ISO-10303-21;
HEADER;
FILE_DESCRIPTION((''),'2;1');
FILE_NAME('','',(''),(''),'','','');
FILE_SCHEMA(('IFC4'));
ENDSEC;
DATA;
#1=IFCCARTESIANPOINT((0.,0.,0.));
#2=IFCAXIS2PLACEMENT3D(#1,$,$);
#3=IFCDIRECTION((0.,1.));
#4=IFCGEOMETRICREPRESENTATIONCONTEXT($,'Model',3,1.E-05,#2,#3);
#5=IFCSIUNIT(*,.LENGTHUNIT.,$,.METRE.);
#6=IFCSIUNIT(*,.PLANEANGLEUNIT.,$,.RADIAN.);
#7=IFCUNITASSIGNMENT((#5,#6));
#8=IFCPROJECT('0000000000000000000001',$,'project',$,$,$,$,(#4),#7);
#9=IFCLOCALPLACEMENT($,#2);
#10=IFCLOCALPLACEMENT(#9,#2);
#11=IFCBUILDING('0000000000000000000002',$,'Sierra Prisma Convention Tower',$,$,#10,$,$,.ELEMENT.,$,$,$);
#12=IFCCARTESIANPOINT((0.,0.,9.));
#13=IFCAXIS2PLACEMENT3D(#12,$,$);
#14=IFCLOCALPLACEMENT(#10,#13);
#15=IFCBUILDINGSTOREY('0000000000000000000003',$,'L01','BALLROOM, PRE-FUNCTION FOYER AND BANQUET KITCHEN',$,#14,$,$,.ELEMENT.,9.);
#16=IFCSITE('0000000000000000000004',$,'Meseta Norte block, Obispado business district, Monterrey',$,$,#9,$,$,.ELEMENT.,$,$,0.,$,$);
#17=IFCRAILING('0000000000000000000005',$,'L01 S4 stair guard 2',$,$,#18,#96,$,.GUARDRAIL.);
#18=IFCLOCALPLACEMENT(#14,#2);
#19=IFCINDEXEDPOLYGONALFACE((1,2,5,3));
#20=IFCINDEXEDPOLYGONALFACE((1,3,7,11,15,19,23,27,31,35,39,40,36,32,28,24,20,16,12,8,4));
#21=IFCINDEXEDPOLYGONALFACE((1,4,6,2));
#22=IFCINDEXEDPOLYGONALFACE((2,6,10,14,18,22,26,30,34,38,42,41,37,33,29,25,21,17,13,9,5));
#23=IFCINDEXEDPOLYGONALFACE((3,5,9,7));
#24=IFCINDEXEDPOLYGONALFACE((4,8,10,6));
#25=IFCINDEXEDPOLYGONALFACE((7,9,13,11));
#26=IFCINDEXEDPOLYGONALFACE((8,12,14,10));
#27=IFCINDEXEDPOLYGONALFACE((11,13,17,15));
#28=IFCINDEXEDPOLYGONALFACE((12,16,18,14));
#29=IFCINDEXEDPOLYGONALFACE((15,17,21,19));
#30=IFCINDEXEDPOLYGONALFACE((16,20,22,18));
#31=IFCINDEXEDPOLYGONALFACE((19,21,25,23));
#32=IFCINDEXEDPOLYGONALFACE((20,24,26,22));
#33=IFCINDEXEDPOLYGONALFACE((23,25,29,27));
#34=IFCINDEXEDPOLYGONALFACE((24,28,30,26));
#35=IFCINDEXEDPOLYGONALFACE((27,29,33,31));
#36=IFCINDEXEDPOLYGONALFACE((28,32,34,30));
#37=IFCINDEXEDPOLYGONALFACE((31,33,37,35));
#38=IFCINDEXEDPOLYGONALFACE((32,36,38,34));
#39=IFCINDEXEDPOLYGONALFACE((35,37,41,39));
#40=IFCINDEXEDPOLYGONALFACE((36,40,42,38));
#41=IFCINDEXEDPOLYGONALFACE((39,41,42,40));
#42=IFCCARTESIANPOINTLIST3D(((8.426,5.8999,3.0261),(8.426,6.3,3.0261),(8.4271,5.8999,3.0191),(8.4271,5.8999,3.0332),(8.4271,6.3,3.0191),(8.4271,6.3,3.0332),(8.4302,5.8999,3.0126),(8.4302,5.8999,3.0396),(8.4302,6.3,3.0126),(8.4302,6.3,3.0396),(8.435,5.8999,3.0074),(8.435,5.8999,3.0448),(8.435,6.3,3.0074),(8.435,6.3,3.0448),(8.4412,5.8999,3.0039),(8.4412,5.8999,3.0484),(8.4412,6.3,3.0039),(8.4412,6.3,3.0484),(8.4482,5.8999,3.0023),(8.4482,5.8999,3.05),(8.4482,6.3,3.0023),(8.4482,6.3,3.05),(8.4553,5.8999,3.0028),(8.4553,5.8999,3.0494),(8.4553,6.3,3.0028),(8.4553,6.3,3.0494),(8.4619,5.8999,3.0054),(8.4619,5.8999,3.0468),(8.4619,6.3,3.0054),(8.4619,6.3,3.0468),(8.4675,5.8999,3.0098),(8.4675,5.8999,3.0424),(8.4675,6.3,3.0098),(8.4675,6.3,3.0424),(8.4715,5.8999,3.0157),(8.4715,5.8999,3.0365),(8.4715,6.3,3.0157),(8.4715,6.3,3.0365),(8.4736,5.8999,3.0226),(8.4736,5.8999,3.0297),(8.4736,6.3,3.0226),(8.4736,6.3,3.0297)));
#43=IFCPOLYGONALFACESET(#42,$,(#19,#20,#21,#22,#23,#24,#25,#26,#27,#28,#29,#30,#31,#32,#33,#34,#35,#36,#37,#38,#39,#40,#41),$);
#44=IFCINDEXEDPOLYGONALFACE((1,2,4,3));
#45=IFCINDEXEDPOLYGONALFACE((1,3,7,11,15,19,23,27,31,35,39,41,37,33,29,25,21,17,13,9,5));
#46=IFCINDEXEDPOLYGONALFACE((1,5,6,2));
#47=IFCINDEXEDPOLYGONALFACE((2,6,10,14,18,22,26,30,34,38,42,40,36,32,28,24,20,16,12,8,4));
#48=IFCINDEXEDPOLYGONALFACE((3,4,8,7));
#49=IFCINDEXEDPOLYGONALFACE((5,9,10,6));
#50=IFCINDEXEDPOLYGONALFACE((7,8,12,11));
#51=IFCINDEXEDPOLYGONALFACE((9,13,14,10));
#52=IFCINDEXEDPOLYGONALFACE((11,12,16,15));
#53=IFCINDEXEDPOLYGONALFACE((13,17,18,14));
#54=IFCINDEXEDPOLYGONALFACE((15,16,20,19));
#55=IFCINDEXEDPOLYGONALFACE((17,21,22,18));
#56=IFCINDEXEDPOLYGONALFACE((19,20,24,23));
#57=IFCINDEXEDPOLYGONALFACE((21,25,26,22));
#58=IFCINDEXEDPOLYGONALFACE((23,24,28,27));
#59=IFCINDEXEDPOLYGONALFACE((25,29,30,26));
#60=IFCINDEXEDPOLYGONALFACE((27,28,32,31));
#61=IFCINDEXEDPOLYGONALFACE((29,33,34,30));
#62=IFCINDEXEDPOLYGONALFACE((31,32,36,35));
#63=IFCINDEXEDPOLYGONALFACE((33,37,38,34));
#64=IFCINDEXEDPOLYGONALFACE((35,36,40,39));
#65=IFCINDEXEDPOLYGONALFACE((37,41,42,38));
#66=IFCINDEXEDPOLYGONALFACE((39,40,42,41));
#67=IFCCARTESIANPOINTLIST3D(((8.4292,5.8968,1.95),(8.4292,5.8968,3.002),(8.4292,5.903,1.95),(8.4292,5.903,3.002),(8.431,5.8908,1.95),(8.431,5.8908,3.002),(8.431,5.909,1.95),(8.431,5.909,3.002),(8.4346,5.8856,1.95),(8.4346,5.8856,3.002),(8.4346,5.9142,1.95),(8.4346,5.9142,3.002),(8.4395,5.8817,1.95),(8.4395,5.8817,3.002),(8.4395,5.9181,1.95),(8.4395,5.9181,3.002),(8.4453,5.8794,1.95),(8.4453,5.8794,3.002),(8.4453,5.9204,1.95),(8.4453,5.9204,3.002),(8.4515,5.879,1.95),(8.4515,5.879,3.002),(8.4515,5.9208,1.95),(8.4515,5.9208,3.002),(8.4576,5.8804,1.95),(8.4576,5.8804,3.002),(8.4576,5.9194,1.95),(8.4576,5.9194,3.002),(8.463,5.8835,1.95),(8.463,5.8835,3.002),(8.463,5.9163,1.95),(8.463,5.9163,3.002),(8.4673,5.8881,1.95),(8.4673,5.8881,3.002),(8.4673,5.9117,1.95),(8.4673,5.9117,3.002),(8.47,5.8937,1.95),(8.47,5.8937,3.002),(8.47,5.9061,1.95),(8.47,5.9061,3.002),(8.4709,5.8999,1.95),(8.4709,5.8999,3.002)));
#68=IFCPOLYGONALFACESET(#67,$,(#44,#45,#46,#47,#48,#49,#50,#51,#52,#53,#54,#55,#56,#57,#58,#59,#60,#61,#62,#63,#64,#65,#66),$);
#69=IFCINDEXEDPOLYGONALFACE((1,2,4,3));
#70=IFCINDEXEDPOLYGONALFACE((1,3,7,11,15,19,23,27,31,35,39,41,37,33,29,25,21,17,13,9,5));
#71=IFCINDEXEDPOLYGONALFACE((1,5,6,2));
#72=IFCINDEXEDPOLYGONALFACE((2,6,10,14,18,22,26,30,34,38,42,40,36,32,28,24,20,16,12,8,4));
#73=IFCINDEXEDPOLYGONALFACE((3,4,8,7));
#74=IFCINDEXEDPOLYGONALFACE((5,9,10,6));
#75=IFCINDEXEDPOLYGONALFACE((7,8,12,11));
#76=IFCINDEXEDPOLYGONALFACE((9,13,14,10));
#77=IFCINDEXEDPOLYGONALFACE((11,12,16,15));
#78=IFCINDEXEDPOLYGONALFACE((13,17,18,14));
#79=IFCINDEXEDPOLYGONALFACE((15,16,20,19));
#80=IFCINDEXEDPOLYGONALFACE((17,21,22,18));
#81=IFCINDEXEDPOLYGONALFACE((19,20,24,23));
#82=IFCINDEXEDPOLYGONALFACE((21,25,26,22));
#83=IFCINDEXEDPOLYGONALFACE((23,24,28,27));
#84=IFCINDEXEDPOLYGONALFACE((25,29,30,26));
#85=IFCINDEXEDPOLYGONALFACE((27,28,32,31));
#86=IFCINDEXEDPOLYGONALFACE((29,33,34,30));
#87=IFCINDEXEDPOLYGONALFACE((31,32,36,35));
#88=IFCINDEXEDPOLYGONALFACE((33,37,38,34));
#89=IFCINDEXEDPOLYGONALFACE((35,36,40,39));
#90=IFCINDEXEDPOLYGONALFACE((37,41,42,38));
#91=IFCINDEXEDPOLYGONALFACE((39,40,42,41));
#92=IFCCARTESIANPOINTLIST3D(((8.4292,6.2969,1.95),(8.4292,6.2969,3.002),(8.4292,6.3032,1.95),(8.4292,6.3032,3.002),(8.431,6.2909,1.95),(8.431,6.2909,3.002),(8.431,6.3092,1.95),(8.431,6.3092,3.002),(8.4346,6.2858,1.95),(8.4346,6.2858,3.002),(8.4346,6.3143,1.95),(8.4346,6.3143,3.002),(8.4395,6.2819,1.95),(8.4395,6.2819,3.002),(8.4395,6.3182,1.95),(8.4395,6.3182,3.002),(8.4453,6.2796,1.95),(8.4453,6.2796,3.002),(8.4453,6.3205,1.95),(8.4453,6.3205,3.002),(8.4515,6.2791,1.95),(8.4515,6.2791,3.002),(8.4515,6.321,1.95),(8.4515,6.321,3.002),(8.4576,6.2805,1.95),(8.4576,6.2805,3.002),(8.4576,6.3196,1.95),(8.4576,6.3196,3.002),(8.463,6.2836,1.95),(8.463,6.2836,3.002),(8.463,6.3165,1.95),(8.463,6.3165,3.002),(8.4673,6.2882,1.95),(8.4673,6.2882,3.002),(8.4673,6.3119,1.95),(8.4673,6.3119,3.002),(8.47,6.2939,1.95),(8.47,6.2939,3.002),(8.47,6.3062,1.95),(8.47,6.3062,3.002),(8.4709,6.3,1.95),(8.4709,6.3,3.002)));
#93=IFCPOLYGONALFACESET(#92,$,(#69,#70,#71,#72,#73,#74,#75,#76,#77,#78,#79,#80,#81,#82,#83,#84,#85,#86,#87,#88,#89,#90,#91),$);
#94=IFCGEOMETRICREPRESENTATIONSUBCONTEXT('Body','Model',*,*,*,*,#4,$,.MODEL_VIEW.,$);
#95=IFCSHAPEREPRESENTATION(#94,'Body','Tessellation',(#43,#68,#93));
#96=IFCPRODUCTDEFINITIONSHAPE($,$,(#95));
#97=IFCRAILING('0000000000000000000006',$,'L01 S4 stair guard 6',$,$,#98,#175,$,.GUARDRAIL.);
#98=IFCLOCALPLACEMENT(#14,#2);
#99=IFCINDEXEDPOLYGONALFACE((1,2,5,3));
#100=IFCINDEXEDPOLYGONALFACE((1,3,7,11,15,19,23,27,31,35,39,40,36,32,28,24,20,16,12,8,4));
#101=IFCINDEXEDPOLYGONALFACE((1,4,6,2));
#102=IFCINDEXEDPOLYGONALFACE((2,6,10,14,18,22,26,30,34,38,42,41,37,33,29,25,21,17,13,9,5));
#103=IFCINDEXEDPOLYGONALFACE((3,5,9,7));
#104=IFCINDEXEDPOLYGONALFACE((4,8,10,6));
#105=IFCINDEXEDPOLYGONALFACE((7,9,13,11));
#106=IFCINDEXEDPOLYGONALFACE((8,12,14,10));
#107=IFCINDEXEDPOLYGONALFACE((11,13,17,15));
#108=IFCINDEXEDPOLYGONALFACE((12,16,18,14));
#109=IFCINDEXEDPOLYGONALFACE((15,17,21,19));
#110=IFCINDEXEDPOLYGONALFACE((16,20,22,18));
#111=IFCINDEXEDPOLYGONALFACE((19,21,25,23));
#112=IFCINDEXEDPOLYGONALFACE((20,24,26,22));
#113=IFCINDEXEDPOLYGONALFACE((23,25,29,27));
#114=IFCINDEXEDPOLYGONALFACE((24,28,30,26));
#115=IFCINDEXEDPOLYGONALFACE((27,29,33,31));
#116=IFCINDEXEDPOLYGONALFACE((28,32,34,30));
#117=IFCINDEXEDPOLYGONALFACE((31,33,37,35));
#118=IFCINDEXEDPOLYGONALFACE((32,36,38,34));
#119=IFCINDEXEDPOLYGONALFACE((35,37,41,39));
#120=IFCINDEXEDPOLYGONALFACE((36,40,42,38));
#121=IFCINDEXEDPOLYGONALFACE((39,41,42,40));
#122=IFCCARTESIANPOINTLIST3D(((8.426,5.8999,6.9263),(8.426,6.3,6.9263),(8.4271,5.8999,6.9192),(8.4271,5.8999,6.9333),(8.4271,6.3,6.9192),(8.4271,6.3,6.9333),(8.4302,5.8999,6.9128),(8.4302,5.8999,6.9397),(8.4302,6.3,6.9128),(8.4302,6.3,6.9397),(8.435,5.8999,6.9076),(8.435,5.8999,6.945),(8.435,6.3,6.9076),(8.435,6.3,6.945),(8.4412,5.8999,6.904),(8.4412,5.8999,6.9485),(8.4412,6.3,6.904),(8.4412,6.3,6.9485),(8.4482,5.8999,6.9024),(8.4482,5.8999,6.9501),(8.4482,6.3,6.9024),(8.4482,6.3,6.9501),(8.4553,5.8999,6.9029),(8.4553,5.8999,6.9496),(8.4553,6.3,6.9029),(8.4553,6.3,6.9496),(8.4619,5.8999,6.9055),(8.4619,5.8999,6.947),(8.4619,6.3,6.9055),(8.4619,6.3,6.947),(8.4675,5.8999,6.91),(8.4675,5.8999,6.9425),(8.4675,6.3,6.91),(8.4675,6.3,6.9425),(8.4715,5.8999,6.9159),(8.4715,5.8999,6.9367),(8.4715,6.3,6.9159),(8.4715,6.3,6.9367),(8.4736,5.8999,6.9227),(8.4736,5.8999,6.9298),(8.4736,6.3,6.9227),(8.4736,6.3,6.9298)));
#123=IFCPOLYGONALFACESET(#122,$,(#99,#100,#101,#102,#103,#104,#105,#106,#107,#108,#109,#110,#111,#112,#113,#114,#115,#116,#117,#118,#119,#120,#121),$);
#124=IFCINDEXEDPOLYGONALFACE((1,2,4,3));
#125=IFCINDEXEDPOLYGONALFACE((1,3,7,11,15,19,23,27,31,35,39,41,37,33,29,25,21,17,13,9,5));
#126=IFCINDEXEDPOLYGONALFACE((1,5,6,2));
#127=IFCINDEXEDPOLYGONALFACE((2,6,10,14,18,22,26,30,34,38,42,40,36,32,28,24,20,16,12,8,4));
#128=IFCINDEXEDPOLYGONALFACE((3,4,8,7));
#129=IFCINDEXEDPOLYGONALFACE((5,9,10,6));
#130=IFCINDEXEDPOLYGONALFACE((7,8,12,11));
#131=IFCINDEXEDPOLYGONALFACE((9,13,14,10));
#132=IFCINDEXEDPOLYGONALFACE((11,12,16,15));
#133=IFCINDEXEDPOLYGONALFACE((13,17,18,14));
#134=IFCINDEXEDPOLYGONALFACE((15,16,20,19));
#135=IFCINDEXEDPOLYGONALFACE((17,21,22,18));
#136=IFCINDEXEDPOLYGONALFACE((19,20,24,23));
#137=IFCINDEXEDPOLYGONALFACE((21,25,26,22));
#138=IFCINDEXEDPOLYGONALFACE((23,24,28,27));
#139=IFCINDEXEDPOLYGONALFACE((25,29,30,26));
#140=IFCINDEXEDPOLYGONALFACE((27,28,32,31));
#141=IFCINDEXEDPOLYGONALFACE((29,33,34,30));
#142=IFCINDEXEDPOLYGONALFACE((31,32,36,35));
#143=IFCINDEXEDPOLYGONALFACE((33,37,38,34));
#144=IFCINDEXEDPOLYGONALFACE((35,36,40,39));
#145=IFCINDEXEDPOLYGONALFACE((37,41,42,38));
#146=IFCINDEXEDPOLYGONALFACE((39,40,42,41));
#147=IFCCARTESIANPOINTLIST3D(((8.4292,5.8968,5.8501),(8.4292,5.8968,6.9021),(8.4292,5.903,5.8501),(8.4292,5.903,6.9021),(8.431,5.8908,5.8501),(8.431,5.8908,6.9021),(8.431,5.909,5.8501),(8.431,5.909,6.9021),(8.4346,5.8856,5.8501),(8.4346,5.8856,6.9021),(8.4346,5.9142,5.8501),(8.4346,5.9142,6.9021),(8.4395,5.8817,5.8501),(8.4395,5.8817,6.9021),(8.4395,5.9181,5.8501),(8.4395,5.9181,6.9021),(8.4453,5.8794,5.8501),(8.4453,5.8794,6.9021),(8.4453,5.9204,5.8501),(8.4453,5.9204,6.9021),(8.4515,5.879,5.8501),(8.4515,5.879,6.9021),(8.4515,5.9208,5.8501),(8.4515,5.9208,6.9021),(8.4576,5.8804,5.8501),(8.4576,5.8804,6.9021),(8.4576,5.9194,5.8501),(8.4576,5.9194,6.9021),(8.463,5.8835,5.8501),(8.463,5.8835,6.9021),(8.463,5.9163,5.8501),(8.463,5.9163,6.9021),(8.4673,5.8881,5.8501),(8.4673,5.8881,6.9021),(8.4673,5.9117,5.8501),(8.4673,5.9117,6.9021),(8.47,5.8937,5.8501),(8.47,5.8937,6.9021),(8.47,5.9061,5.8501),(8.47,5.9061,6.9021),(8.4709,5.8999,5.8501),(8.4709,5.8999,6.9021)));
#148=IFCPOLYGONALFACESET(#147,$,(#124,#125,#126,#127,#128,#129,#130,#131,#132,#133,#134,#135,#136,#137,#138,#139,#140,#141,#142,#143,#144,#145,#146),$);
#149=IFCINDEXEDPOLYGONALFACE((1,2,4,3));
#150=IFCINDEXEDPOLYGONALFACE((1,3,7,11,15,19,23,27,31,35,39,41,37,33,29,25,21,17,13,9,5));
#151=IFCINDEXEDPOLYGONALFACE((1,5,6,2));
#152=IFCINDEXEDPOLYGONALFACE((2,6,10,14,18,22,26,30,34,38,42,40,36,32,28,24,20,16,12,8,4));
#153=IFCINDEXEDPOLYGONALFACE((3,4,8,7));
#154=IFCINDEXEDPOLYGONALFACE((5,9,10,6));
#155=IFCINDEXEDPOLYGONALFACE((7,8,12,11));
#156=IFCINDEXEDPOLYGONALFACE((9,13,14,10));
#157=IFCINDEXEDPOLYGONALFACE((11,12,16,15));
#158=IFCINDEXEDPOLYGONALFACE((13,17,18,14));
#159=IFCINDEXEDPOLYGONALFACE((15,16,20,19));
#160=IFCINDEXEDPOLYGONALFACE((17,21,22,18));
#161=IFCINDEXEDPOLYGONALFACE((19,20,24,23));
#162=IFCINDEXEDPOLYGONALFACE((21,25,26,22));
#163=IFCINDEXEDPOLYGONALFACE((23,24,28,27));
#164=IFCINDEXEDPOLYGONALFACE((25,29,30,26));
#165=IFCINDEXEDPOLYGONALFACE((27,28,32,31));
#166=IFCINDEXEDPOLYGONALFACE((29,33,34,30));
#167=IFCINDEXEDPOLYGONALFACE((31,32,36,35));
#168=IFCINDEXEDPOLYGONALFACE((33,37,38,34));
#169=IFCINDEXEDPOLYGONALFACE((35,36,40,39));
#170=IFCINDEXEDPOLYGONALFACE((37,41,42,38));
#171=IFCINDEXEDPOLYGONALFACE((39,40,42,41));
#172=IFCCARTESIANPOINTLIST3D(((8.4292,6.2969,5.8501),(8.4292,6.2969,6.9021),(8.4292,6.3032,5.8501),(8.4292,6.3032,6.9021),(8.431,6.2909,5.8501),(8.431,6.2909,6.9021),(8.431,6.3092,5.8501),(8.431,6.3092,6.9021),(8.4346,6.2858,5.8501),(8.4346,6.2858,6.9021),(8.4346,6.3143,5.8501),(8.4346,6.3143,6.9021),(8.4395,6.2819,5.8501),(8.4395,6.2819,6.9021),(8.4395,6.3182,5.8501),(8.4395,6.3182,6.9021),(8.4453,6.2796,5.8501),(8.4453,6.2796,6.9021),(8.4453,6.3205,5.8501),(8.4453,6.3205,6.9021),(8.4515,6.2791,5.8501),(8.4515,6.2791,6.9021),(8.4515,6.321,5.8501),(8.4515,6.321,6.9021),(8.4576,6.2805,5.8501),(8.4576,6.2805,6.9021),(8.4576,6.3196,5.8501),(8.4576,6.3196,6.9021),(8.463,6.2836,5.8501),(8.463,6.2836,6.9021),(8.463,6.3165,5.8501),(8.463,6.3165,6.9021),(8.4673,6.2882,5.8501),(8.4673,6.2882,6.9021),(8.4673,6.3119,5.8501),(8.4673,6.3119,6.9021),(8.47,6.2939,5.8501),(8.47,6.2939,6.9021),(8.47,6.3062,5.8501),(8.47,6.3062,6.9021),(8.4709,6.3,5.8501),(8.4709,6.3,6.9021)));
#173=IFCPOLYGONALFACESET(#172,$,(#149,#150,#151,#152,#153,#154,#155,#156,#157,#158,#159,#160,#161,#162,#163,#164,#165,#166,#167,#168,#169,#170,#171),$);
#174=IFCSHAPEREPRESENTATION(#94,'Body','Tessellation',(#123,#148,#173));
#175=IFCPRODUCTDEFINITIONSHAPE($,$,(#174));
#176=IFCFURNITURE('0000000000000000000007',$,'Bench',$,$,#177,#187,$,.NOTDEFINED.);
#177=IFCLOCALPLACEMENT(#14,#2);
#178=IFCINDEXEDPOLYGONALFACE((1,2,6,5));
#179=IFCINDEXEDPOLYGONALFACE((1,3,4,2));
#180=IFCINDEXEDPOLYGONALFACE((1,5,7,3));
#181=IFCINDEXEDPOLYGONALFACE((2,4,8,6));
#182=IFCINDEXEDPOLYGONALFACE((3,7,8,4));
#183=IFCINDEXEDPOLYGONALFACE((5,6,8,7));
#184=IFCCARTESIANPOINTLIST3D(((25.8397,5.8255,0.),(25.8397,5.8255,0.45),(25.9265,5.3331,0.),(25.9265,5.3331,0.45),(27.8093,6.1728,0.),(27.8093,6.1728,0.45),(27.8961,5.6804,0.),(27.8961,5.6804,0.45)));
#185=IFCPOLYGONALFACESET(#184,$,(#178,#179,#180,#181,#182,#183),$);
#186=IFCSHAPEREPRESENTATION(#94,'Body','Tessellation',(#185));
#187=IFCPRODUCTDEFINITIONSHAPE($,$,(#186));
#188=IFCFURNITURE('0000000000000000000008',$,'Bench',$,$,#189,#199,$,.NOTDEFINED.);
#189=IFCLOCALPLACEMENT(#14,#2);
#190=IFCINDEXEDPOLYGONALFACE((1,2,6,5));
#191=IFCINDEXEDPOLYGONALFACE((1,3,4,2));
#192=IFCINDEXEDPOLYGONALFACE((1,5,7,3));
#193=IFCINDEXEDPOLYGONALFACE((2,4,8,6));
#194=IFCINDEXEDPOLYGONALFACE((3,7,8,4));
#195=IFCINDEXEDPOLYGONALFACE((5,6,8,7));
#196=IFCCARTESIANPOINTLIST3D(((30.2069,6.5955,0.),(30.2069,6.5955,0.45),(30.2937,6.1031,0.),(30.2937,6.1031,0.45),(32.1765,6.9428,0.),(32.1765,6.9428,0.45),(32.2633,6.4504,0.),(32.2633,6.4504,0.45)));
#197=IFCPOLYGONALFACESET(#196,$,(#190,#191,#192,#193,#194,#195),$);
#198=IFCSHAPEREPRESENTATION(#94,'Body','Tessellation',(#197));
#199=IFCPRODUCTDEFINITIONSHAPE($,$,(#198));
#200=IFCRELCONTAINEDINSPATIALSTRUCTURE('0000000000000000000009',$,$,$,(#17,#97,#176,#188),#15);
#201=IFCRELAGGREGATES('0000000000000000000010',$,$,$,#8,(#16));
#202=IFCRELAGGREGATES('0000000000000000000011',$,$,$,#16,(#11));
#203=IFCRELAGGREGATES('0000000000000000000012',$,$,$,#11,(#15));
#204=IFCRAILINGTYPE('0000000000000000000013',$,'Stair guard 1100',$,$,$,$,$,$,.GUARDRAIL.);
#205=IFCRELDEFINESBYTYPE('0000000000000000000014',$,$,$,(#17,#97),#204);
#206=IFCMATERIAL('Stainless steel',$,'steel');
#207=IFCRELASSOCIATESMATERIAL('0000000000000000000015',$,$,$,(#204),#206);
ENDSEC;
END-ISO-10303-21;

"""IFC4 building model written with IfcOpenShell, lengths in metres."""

from ifc_helpers import new_model, si_unit, direction, frame, origin, origin_2d, place, context, subcontext, project, spatial, rectangle, circle, extrude, material, type_object, element, save


model = new_model("IFC4")

# Units and contexts
model_context = context("Model", 3, precision=1e-05, world=origin(), true_north=direction((0.0, 1.0)))
body_context = subcontext(model_context, "Body", "Model", "MODEL_VIEW")
ifc_project = project(units=[si_unit("LENGTHUNIT", "METRE"), si_unit("PLANEANGLEUNIT", "RADIAN")], contexts=[model_context])

# Site, building, storey
site_placement = place(None, origin())
site = spatial("IfcSite", under=ifc_project, at=site_placement, Name="Meseta Norte block, Obispado business district, Monterrey", CompositionType="ELEMENT", RefElevation=0.0)
building_placement = place(site_placement, origin())
building = spatial("IfcBuilding", under=site, at=building_placement, Name="Sierra Prisma Convention Tower", CompositionType="ELEMENT")
storey_placement = place(building_placement, frame((0.0, 0.0, 9.0)))
storey = spatial("IfcBuildingStorey", under=building, at=storey_placement, Name="L01", Description="BALLROOM, PRE-FUNCTION FOYER AND BANQUET KITCHEN", CompositionType="ELEMENT", Elevation=9.0)

# Railings
ifc_material_1 = material(Name="Stainless steel", Category="steel")
railing_type_1 = type_object("IfcRailingType", Name="Stair guard 1100", PredefinedType="GUARDRAIL", material=ifc_material_1)
for number, where, name in (
    (1, (8.45, 5.8999, 1.95), "L01 S4 stair guard 2"),
    (2, (8.45, 5.8999, 5.8501), "L01 S4 stair guard 6"),
):
    element("IfcRailing", number, at=place(storey_placement, frame(where)), inside=storey, type_object=railing_type_1, Name=name, PredefinedType="GUARDRAIL", context=body_context, shape_type="SweptSolid", body=[
        extrude(circle(Radius=0.0239, at=origin_2d()), frame((0.0, 0.0, 1.0762), z_axis=(0.0, 1.0, 0.0), x_axis=(-1.0, 0.0, 0.0)), (0.0, 0.0, 1.0), 0.4001),
        extrude(circle(Radius=0.021, at=origin_2d()), origin(), (0.0, 0.0, 1.0), 1.052),
        extrude(circle(Radius=0.021, at=origin_2d()), frame((0.0, 0.4001, 0.0)), (0.0, 0.0, 1.0), 1.052),
    ])

# Furniture
for number, where, z_axis, x_axis, name in (
    (3, (26.8679, 5.7529, 0.0), (0.0, 0.0, 1.0), (0.984808, 0.173648, 0.0), "Bench"),
    (4, (31.2351, 6.5229, 0.0), (0.0, 0.0, 1.0), (0.984808, 0.173648, 0.0), "Bench"),
):
    element("IfcFurniture", number, at=place(storey_placement, frame(where, z_axis=z_axis, x_axis=x_axis)), inside=storey, Name=name, PredefinedType="NOTDEFINED", context=body_context, shape_type="SweptSolid", body=[
        extrude(rectangle(XDim=2.0, YDim=0.5, at=origin_2d()), origin(), (0.0, 0.0, 1.0), 0.45),
    ])

save(model, "model.ifc")
